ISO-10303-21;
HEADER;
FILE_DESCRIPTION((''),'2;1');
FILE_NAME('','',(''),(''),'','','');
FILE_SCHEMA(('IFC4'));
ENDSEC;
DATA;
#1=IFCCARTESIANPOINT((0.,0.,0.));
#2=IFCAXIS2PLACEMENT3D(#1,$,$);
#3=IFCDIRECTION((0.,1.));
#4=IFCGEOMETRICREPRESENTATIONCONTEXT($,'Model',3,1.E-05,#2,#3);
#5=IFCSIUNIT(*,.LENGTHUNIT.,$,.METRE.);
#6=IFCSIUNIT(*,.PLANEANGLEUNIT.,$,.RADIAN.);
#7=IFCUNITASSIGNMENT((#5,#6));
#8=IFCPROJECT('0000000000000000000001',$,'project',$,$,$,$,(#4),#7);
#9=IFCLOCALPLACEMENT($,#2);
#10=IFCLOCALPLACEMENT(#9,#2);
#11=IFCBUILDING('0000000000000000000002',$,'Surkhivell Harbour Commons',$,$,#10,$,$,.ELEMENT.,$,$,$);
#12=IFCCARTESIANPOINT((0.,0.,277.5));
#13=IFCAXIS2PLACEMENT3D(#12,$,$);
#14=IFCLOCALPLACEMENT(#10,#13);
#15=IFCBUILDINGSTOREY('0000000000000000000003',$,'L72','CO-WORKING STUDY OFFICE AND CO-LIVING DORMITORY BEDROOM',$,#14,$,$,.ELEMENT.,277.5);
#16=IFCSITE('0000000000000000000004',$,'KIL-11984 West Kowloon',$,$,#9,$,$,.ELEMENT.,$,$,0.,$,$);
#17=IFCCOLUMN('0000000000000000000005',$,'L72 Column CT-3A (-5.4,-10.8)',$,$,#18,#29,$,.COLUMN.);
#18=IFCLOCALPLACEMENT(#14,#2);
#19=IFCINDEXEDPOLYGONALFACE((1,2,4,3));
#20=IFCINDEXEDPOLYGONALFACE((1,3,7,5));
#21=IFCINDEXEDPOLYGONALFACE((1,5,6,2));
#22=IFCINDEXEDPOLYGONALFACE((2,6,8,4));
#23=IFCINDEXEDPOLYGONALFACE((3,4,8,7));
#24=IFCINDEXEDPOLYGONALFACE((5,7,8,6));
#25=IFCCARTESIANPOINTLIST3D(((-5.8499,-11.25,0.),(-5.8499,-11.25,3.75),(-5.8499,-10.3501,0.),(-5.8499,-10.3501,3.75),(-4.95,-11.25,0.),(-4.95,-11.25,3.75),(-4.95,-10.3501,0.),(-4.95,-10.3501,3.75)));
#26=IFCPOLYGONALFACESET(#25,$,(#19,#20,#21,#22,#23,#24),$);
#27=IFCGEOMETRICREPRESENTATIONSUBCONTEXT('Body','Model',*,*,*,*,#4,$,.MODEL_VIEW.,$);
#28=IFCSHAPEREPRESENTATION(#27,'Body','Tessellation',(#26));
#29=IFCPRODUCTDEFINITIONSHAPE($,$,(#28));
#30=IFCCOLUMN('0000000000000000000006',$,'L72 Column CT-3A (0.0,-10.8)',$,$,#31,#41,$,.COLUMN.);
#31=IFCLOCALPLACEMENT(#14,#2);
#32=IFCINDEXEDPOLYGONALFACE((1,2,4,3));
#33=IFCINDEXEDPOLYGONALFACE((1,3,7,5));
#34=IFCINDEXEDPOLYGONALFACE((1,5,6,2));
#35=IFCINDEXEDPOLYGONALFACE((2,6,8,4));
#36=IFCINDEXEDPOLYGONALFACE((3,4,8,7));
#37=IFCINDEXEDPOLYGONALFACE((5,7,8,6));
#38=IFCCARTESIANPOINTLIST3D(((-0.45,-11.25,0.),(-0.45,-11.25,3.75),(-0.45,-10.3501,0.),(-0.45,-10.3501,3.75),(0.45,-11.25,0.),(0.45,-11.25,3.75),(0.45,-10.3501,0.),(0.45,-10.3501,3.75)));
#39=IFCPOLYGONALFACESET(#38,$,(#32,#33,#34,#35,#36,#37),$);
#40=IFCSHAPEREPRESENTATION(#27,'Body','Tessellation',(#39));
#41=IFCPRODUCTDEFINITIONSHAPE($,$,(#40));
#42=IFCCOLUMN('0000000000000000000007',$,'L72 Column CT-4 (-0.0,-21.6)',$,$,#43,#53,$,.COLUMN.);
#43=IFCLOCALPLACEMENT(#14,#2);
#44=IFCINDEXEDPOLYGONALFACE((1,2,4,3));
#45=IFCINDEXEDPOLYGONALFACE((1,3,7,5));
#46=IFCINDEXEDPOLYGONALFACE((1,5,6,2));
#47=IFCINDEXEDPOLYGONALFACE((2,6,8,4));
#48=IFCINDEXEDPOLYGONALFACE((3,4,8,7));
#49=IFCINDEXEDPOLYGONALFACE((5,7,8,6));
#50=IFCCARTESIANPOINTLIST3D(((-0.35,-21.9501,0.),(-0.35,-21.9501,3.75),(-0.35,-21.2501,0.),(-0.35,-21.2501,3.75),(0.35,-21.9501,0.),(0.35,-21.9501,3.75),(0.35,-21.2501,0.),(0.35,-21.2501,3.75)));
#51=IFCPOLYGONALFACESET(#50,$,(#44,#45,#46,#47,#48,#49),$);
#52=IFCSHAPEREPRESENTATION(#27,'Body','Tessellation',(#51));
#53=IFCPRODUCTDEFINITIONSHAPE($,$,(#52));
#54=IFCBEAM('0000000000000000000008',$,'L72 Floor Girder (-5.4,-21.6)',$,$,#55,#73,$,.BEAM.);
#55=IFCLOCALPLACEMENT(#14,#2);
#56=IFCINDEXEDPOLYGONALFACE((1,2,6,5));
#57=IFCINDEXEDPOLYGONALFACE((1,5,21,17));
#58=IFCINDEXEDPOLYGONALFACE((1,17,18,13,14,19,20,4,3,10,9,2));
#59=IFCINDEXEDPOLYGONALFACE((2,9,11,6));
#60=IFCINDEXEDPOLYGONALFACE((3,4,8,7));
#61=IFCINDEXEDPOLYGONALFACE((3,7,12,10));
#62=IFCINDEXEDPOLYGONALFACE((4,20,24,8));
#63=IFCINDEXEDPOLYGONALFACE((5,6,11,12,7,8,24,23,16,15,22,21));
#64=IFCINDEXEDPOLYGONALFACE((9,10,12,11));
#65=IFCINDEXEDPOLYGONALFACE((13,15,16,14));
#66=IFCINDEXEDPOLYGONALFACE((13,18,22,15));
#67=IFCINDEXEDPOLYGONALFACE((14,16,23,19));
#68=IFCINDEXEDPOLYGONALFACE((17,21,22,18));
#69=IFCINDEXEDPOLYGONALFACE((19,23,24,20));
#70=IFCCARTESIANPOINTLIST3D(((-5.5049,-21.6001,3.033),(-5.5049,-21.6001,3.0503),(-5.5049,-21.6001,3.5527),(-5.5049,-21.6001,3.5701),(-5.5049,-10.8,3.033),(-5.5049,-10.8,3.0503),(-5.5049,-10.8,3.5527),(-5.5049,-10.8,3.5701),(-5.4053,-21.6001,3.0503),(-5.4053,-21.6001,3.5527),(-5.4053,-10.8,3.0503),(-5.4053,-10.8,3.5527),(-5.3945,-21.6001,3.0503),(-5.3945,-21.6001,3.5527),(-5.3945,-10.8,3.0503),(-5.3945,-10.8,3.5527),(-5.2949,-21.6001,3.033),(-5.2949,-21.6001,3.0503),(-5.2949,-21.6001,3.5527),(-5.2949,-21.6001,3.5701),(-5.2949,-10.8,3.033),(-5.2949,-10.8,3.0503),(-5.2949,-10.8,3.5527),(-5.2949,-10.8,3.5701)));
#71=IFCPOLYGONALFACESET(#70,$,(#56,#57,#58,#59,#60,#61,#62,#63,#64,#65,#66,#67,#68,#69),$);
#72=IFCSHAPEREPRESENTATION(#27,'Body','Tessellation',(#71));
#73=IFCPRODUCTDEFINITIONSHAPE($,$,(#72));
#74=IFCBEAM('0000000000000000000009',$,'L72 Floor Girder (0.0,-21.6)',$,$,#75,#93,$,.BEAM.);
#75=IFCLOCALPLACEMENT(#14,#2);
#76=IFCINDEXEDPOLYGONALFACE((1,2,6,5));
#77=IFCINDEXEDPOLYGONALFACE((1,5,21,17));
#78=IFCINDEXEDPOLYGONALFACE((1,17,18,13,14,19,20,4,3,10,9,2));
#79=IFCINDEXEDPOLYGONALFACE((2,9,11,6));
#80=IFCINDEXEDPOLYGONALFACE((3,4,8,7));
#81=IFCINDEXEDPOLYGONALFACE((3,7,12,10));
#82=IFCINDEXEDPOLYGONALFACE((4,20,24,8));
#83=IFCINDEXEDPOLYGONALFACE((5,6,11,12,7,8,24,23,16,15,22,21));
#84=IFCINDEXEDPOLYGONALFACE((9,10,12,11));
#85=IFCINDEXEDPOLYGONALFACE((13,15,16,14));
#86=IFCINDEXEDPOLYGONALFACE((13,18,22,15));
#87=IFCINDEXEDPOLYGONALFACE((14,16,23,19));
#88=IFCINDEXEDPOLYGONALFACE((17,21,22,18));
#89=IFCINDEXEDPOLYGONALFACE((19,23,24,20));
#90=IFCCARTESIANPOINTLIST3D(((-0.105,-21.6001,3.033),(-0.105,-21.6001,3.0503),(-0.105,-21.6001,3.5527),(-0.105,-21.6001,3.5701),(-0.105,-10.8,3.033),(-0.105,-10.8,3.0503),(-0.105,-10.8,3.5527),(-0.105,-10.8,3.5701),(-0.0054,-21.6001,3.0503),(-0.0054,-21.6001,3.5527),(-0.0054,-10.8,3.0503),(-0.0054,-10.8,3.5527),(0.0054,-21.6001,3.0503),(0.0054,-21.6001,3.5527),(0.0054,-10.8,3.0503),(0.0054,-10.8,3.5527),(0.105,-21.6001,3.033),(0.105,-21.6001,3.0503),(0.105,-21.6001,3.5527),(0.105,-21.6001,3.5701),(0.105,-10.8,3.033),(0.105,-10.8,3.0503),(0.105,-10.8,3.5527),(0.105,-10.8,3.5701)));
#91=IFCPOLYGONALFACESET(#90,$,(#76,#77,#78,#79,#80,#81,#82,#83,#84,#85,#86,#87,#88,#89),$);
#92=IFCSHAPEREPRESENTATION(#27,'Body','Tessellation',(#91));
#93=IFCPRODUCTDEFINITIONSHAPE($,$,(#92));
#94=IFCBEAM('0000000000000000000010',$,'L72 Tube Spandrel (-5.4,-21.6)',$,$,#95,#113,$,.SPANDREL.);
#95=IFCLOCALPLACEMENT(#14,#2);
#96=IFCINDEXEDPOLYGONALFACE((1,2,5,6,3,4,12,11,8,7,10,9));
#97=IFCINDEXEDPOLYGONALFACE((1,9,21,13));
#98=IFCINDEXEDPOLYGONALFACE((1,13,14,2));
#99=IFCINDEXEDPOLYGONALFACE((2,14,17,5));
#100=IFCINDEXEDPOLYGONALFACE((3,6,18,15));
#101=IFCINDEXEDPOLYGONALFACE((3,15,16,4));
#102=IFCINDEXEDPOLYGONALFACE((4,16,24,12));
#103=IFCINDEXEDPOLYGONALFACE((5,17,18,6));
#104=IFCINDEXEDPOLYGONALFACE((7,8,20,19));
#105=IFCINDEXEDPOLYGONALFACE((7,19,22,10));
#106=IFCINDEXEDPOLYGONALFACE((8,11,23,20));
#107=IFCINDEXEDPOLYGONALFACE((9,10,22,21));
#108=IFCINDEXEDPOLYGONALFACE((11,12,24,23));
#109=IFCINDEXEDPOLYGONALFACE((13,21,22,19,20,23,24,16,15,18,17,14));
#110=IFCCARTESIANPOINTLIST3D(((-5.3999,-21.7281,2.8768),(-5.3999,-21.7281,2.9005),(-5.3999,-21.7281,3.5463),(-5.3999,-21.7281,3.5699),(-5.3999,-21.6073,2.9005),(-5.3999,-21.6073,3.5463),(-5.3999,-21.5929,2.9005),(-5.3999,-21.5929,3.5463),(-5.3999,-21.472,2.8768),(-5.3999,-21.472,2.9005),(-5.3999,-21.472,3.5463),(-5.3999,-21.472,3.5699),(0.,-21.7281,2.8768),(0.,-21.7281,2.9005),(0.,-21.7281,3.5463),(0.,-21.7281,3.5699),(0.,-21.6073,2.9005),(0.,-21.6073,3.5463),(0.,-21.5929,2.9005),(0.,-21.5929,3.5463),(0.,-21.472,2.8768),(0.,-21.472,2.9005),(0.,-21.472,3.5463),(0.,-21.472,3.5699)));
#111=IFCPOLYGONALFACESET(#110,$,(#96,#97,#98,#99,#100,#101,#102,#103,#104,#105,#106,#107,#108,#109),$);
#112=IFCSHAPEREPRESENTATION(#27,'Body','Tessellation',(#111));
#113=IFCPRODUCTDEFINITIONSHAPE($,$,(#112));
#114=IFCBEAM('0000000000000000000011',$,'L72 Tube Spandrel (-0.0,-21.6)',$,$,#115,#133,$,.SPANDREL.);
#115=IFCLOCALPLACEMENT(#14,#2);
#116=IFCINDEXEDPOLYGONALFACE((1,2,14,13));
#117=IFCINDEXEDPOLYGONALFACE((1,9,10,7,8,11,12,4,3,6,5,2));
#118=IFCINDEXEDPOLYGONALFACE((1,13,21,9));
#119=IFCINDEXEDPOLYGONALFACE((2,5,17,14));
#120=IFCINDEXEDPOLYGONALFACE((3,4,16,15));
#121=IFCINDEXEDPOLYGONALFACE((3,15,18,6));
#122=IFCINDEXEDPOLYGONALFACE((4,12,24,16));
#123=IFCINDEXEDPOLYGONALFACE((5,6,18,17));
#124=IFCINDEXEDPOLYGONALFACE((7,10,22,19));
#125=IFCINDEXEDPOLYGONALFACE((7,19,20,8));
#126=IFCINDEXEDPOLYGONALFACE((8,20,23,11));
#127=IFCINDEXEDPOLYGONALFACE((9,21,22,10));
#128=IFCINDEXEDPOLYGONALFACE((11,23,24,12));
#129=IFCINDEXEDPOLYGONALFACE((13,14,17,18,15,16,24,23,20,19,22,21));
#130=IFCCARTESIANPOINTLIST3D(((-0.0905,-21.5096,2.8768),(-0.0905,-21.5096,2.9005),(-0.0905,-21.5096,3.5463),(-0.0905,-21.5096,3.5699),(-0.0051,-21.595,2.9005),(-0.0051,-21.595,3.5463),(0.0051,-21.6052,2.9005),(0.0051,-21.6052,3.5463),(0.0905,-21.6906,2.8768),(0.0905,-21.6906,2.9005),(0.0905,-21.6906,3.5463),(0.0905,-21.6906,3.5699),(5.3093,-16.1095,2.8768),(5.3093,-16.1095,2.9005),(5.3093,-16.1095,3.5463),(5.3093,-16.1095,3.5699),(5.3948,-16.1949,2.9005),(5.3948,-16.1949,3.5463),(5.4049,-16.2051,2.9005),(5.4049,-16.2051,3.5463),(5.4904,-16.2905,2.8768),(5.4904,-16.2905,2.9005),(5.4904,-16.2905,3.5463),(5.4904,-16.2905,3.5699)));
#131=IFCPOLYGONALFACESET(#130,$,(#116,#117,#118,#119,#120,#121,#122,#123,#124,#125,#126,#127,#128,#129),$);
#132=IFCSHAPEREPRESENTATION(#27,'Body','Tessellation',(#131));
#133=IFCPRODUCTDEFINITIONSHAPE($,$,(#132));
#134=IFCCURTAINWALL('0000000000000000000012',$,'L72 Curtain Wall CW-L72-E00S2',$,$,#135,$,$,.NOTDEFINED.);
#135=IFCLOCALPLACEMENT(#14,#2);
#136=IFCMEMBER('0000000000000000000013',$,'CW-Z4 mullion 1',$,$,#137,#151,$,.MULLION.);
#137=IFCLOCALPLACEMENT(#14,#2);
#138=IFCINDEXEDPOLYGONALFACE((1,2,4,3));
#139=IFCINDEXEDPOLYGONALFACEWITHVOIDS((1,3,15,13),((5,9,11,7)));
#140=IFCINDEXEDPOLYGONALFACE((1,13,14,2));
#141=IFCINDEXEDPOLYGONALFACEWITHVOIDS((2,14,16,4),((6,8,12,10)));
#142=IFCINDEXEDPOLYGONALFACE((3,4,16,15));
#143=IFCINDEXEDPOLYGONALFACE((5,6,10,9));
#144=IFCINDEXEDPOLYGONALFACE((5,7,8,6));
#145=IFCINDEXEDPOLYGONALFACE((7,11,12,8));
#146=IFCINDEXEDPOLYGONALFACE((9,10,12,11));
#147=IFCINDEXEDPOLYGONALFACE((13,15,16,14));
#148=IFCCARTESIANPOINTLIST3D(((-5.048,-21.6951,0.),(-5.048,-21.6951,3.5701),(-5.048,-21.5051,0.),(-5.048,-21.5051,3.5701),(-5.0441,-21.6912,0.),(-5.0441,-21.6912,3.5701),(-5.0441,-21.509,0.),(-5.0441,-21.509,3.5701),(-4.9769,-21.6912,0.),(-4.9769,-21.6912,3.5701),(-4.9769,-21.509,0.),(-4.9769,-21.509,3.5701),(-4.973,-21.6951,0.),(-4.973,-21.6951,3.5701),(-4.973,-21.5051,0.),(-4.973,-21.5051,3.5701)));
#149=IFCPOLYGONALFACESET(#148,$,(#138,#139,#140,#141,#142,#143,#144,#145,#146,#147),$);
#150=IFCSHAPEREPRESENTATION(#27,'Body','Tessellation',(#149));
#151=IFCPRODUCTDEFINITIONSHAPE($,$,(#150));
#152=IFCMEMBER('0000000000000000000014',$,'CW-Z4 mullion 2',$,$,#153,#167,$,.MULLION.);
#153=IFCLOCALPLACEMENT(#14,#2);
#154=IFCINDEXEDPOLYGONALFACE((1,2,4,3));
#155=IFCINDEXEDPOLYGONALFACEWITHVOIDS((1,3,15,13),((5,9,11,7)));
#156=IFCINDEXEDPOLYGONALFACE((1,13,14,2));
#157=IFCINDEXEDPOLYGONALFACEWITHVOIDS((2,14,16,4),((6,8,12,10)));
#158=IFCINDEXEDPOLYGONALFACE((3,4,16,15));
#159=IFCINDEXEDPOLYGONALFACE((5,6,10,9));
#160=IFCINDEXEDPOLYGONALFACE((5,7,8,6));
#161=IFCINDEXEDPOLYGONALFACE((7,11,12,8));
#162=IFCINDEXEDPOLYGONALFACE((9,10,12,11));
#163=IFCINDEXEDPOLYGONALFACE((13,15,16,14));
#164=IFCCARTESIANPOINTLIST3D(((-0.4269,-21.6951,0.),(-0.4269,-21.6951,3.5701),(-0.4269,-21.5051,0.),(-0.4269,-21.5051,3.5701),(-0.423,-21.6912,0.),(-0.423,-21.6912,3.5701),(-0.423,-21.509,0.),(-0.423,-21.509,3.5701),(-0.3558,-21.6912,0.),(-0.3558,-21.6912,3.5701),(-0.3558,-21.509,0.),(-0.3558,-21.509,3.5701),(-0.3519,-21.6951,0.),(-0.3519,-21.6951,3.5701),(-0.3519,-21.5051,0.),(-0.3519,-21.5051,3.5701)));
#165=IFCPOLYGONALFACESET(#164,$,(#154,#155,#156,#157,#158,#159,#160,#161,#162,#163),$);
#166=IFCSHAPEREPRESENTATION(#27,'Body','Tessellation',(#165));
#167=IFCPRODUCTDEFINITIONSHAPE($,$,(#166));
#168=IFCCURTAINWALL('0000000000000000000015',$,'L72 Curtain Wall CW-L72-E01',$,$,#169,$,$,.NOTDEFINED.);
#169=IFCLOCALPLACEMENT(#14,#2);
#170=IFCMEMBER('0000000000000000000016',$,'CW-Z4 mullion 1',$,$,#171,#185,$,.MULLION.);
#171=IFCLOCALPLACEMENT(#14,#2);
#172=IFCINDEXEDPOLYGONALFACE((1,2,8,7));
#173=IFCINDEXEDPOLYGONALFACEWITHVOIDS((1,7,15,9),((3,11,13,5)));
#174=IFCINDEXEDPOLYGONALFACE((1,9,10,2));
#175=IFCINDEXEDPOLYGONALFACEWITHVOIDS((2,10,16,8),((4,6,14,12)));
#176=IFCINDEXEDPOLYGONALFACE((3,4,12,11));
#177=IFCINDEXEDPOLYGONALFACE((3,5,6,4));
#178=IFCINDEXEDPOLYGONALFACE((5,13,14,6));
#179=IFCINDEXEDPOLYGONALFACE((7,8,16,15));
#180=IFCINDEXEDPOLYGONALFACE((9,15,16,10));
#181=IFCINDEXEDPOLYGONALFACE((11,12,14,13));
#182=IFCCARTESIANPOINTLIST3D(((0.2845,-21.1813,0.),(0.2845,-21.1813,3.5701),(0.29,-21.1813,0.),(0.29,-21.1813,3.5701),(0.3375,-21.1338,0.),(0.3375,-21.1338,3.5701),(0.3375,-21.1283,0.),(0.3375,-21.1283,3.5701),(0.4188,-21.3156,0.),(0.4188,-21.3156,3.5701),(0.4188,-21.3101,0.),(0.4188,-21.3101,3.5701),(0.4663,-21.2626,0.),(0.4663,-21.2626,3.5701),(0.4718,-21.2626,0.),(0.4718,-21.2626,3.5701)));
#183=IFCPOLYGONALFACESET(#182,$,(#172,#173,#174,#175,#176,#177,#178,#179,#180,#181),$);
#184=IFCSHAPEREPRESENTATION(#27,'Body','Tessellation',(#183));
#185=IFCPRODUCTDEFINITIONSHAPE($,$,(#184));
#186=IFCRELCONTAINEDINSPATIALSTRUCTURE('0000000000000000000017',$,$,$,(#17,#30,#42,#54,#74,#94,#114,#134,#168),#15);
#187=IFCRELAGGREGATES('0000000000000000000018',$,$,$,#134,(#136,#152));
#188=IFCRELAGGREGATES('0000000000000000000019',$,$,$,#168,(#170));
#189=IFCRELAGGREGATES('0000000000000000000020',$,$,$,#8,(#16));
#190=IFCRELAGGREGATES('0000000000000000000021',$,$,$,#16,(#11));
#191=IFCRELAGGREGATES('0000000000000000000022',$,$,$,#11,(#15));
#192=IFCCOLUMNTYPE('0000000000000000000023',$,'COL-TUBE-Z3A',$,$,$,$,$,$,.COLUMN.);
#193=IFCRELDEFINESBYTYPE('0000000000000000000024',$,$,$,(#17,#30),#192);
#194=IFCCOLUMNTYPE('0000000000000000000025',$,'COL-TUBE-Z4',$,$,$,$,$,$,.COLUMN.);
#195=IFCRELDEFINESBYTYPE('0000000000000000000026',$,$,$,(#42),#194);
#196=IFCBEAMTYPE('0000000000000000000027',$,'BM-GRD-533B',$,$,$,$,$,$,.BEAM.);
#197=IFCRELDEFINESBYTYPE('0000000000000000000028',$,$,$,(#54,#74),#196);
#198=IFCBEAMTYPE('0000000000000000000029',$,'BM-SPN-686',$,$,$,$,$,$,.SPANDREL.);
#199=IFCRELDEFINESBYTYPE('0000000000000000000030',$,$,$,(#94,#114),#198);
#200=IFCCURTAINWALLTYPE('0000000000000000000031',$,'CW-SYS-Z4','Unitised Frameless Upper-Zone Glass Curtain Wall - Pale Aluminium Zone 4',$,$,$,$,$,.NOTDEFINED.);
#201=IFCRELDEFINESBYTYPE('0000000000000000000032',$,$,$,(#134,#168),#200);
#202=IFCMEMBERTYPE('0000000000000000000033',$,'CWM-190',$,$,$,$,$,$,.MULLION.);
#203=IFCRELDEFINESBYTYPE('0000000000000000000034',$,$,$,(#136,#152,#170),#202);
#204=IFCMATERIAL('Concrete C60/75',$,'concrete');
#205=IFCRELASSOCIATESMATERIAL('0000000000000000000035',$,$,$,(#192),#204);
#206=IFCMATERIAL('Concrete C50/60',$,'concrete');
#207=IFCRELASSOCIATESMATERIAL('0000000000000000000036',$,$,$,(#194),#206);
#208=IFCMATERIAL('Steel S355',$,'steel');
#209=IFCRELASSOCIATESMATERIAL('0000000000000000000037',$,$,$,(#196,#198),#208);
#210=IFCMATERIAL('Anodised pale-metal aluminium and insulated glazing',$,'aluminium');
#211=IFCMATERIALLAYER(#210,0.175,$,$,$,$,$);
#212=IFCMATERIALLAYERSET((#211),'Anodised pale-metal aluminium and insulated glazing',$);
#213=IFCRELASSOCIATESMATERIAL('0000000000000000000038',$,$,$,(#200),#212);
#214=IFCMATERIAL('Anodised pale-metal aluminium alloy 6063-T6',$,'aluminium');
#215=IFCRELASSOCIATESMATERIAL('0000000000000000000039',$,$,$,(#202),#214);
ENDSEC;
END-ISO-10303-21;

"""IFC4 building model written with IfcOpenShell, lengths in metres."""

from ifc_helpers import new_model, si_unit, direction, frame, origin, origin_2d, place, context, subcontext, project, spatial, rectangle, hollow_rectangle, i_section, extrude, material, layer, layer_set, material_profile, profile_set, type_object, element, aggregate, save


model = new_model("IFC4")

# Units and contexts
model_context = context("Model", 3, precision=1e-05, world=origin(), true_north=direction((0.0, 1.0)))
body_context = subcontext(model_context, "Body", "Model", "MODEL_VIEW")
ifc_project = project(units=[si_unit("LENGTHUNIT", "METRE"), si_unit("PLANEANGLEUNIT", "RADIAN")], contexts=[model_context])

# Site, building, storey
site_placement = place(None, origin())
site = spatial("IfcSite", under=ifc_project, at=site_placement, Name="KIL-11984 West Kowloon", CompositionType="ELEMENT", RefElevation=0.0)
building_placement = place(site_placement, origin())
building = spatial("IfcBuilding", under=site, at=building_placement, Name="Surkhivell Harbour Commons", CompositionType="ELEMENT")
storey_placement = place(building_placement, frame((0.0, 0.0, 277.5)))
storey = spatial("IfcBuildingStorey", under=building, at=storey_placement, Name="L72", Description="CO-WORKING STUDY OFFICE AND CO-LIVING DORMITORY BEDROOM", CompositionType="ELEMENT", Elevation=277.5)

# Columns
ifc_material_1 = material(Name="Concrete C60/75", Category="concrete")
ifc_material_profile_1 = material_profile(ifc_material_1, rectangle(XDim=0.8999, YDim=0.8999, at=origin_2d()), Name="RC-COL-900x900")
ifc_profile_set_1 = profile_set([ifc_material_profile_1], Name="Concrete C60/75")
column_type_1 = type_object("IfcColumnType", Name="COL-TUBE-Z3A", PredefinedType="COLUMN", material=ifc_profile_set_1)
for number, where, z_axis, x_axis, name in (
    (1, (-5.3999, -10.8, 0.0), (0.0, 0.0, 1.0), (1.0, 0.0, 0.0), "L72 Column CT-3A (-5.4,-10.8)"),
    (2, (0.0, -10.8, 0.0), (0.0, 0.0, 1.0), (1.0, 0.0, 0.0), "L72 Column CT-3A (0.0,-10.8)"),
):
    element("IfcColumn", number, at=place(storey_placement, frame(where, z_axis=z_axis, x_axis=x_axis)), inside=storey, type_object=column_type_1, Name=name, PredefinedType="COLUMN", context=body_context, shape_type="SweptSolid", body=[
        extrude(rectangle(XDim=0.8999, YDim=0.8999, at=origin_2d()), origin(), (0.0, 0.0, 1.0), 3.75),
    ])
ifc_material_2 = material(Name="Concrete C50/60", Category="concrete")
ifc_material_profile_2 = material_profile(ifc_material_2, rectangle(XDim=0.7, YDim=0.7, at=origin_2d()), Name="RC-COL-700x700")
ifc_profile_set_2 = profile_set([ifc_material_profile_2], Name="Concrete C50/60")
column_type_2 = type_object("IfcColumnType", Name="COL-TUBE-Z4", PredefinedType="COLUMN", material=ifc_profile_set_2)
column_placement = place(storey_placement, frame((0.0, -21.6001, 0.0), z_axis=(0.0, 0.0, 1.0), x_axis=(1.0, 0.0, 0.0)))
element("IfcColumn", 3, at=column_placement, inside=storey, type_object=column_type_2, Name="L72 Column CT-4 (-0.0,-21.6)", PredefinedType="COLUMN", context=body_context, shape_type="SweptSolid", body=[
    extrude(rectangle(XDim=0.7, YDim=0.7, at=origin_2d()), origin(), (0.0, 0.0, 1.0), 3.75),
])

# Beams
ifc_material_3 = material(Name="Steel S355", Category="steel")
ifc_material_profile_3 = material_profile(ifc_material_3, i_section(OverallWidth=0.21, OverallDepth=0.5371, WebThickness=0.0107, FlangeThickness=0.0173, at=origin_2d()), Name="UB533x210x101")
ifc_profile_set_3 = profile_set([ifc_material_profile_3], Name="Steel S355")
beam_type_1 = type_object("IfcBeamType", Name="BM-GRD-533B", PredefinedType="BEAM", material=ifc_profile_set_3)
for number, where, z_axis, x_axis, name in (
    (4, (-5.3999, -21.6001, 3.3015), (0.0, 1.0, 0.0), (-1.0, 0.0, 0.0), "L72 Floor Girder (-5.4,-21.6)"),
    (5, (0.0, -21.6001, 3.3015), (0.0, 1.0, 0.0), (-1.0, 0.0, 0.0), "L72 Floor Girder (0.0,-21.6)"),
):
    element("IfcBeam", number, at=place(storey_placement, frame(where, z_axis=z_axis, x_axis=x_axis)), inside=storey, type_object=beam_type_1, Name=name, PredefinedType="BEAM", context=body_context, shape_type="SweptSolid", body=[
        extrude(i_section(OverallWidth=0.21, OverallDepth=0.5371, WebThickness=0.0107, FlangeThickness=0.0173, at=origin_2d()), origin(), (0.0, 0.0, 1.0), 10.8),
    ])
ifc_material_profile_4 = material_profile(ifc_material_3, i_section(OverallWidth=0.2561, OverallDepth=0.6931, WebThickness=0.0144, FlangeThickness=0.0237, at=origin_2d()), Name="UB686x254x170")
ifc_profile_set_4 = profile_set([ifc_material_profile_4], Name="Steel S355")
beam_type_2 = type_object("IfcBeamType", Name="BM-SPN-686", PredefinedType="SPANDREL", material=ifc_profile_set_4)
beam_1_placement = place(storey_placement, frame((-5.3999, -21.6001, 3.2234), z_axis=(1.0, 0.0, 0.0), x_axis=(0.0, 1.0, 0.0)))
element("IfcBeam", 6, at=beam_1_placement, inside=storey, type_object=beam_type_2, Name="L72 Tube Spandrel (-5.4,-21.6)", PredefinedType="SPANDREL", context=body_context, shape_type="SweptSolid", body=[
    extrude(i_section(OverallWidth=0.2561, OverallDepth=0.6931, WebThickness=0.0144, FlangeThickness=0.0237, at=origin_2d()), origin(), (0.0, 0.0, 1.0), 5.3999),
])
beam_2_placement = place(storey_placement, frame((0.0, -21.6001, 3.2234), z_axis=(0.707091, 0.707123, 0.0), x_axis=(-0.707123, 0.707091, 0.0)))
element("IfcBeam", 7, at=beam_2_placement, inside=storey, type_object=beam_type_2, Name="L72 Tube Spandrel (-0.0,-21.6)", PredefinedType="SPANDREL", context=body_context, shape_type="SweptSolid", body=[
    extrude(i_section(OverallWidth=0.2561, OverallDepth=0.6931, WebThickness=0.0144, FlangeThickness=0.0237, at=origin_2d()), origin(), (0.0, 0.0, 1.0), 7.6367),
])

# Curtain wall, members
ifc_material_4 = material(Name="Anodised pale-metal aluminium and insulated glazing", Category="aluminium")
ifc_layer_1 = layer(ifc_material_4, 0.175)
ifc_layer_set_1 = layer_set([ifc_layer_1], Name="Anodised pale-metal aluminium and insulated glazing")
curtain_wall_type = type_object("IfcCurtainWallType", Name="CW-SYS-Z4", Description="Unitised Frameless Upper-Zone Glass Curtain Wall - Pale Aluminium Zone 4", PredefinedType="NOTDEFINED", material=ifc_layer_set_1)
curtain_wall_1_placement = place(storey_placement, origin())
curtain_wall_1 = element("IfcCurtainWall", 8, at=curtain_wall_1_placement, inside=storey, type_object=curtain_wall_type, Name="L72 Curtain Wall CW-L72-E00S2", PredefinedType="NOTDEFINED")
ifc_material_5 = material(Name="Anodised pale-metal aluminium alloy 6063-T6", Category="aluminium")
ifc_material_profile_5 = material_profile(ifc_material_5, hollow_rectangle(XDim=0.075, YDim=0.1899, WallThickness=0.0039, at=origin_2d()), Name="ALU-MULL-75x190")
ifc_profile_set_5 = profile_set([ifc_material_profile_5], Name="Anodised pale-metal aluminium alloy 6063-T6")
member_type_1 = type_object("IfcMemberType", Name="CWM-190", PredefinedType="MULLION", material=ifc_profile_set_5)
member_1_placement = place(storey_placement, frame((-5.0105, -21.6001, 0.0), z_axis=(0.0, 0.0, 1.0), x_axis=(1.0, 0.0, 0.0)))
member_1 = element("IfcMember", 9, at=member_1_placement, type_object=member_type_1, Name="CW-Z4 mullion 1", PredefinedType="MULLION", context=body_context, shape_type="SweptSolid", body=[
    extrude(hollow_rectangle(XDim=0.075, YDim=0.1899, WallThickness=0.0039, at=origin_2d()), origin(), (0.0, 0.0, 1.0), 3.5701),
])
member_2_placement = place(storey_placement, frame((-0.3894, -21.6001, 0.0), z_axis=(0.0, 0.0, 1.0), x_axis=(1.0, 0.0, 0.0)))
member_2 = element("IfcMember", 10, at=member_2_placement, type_object=member_type_1, Name="CW-Z4 mullion 2", PredefinedType="MULLION", context=body_context, shape_type="SweptSolid", body=[
    extrude(hollow_rectangle(XDim=0.075, YDim=0.1899, WallThickness=0.0039, at=origin_2d()), origin(), (0.0, 0.0, 1.0), 3.5701),
])

# Curtain wall, member
curtain_wall_2_placement = place(storey_placement, origin())
curtain_wall_2 = element("IfcCurtainWall", 11, at=curtain_wall_2_placement, inside=storey, type_object=curtain_wall_type, Name="L72 Curtain Wall CW-L72-E01", PredefinedType="NOTDEFINED")
member_3_placement = place(storey_placement, frame((0.3782, -21.2219, 0.0), z_axis=(0.0, 0.0, 1.0), x_axis=(0.707107, 0.707107, 0.0)))
member_3 = element("IfcMember", 12, at=member_3_placement, type_object=member_type_1, Name="CW-Z4 mullion 1", PredefinedType="MULLION", context=body_context, shape_type="SweptSolid", body=[
    extrude(hollow_rectangle(XDim=0.075, YDim=0.1899, WallThickness=0.0039, at=origin_2d()), origin(), (0.0, 0.0, 1.0), 3.5701),
])

aggregate(curtain_wall_1, [member_1, member_2])
aggregate(curtain_wall_2, [member_3])

save(model, "model.ifc")
